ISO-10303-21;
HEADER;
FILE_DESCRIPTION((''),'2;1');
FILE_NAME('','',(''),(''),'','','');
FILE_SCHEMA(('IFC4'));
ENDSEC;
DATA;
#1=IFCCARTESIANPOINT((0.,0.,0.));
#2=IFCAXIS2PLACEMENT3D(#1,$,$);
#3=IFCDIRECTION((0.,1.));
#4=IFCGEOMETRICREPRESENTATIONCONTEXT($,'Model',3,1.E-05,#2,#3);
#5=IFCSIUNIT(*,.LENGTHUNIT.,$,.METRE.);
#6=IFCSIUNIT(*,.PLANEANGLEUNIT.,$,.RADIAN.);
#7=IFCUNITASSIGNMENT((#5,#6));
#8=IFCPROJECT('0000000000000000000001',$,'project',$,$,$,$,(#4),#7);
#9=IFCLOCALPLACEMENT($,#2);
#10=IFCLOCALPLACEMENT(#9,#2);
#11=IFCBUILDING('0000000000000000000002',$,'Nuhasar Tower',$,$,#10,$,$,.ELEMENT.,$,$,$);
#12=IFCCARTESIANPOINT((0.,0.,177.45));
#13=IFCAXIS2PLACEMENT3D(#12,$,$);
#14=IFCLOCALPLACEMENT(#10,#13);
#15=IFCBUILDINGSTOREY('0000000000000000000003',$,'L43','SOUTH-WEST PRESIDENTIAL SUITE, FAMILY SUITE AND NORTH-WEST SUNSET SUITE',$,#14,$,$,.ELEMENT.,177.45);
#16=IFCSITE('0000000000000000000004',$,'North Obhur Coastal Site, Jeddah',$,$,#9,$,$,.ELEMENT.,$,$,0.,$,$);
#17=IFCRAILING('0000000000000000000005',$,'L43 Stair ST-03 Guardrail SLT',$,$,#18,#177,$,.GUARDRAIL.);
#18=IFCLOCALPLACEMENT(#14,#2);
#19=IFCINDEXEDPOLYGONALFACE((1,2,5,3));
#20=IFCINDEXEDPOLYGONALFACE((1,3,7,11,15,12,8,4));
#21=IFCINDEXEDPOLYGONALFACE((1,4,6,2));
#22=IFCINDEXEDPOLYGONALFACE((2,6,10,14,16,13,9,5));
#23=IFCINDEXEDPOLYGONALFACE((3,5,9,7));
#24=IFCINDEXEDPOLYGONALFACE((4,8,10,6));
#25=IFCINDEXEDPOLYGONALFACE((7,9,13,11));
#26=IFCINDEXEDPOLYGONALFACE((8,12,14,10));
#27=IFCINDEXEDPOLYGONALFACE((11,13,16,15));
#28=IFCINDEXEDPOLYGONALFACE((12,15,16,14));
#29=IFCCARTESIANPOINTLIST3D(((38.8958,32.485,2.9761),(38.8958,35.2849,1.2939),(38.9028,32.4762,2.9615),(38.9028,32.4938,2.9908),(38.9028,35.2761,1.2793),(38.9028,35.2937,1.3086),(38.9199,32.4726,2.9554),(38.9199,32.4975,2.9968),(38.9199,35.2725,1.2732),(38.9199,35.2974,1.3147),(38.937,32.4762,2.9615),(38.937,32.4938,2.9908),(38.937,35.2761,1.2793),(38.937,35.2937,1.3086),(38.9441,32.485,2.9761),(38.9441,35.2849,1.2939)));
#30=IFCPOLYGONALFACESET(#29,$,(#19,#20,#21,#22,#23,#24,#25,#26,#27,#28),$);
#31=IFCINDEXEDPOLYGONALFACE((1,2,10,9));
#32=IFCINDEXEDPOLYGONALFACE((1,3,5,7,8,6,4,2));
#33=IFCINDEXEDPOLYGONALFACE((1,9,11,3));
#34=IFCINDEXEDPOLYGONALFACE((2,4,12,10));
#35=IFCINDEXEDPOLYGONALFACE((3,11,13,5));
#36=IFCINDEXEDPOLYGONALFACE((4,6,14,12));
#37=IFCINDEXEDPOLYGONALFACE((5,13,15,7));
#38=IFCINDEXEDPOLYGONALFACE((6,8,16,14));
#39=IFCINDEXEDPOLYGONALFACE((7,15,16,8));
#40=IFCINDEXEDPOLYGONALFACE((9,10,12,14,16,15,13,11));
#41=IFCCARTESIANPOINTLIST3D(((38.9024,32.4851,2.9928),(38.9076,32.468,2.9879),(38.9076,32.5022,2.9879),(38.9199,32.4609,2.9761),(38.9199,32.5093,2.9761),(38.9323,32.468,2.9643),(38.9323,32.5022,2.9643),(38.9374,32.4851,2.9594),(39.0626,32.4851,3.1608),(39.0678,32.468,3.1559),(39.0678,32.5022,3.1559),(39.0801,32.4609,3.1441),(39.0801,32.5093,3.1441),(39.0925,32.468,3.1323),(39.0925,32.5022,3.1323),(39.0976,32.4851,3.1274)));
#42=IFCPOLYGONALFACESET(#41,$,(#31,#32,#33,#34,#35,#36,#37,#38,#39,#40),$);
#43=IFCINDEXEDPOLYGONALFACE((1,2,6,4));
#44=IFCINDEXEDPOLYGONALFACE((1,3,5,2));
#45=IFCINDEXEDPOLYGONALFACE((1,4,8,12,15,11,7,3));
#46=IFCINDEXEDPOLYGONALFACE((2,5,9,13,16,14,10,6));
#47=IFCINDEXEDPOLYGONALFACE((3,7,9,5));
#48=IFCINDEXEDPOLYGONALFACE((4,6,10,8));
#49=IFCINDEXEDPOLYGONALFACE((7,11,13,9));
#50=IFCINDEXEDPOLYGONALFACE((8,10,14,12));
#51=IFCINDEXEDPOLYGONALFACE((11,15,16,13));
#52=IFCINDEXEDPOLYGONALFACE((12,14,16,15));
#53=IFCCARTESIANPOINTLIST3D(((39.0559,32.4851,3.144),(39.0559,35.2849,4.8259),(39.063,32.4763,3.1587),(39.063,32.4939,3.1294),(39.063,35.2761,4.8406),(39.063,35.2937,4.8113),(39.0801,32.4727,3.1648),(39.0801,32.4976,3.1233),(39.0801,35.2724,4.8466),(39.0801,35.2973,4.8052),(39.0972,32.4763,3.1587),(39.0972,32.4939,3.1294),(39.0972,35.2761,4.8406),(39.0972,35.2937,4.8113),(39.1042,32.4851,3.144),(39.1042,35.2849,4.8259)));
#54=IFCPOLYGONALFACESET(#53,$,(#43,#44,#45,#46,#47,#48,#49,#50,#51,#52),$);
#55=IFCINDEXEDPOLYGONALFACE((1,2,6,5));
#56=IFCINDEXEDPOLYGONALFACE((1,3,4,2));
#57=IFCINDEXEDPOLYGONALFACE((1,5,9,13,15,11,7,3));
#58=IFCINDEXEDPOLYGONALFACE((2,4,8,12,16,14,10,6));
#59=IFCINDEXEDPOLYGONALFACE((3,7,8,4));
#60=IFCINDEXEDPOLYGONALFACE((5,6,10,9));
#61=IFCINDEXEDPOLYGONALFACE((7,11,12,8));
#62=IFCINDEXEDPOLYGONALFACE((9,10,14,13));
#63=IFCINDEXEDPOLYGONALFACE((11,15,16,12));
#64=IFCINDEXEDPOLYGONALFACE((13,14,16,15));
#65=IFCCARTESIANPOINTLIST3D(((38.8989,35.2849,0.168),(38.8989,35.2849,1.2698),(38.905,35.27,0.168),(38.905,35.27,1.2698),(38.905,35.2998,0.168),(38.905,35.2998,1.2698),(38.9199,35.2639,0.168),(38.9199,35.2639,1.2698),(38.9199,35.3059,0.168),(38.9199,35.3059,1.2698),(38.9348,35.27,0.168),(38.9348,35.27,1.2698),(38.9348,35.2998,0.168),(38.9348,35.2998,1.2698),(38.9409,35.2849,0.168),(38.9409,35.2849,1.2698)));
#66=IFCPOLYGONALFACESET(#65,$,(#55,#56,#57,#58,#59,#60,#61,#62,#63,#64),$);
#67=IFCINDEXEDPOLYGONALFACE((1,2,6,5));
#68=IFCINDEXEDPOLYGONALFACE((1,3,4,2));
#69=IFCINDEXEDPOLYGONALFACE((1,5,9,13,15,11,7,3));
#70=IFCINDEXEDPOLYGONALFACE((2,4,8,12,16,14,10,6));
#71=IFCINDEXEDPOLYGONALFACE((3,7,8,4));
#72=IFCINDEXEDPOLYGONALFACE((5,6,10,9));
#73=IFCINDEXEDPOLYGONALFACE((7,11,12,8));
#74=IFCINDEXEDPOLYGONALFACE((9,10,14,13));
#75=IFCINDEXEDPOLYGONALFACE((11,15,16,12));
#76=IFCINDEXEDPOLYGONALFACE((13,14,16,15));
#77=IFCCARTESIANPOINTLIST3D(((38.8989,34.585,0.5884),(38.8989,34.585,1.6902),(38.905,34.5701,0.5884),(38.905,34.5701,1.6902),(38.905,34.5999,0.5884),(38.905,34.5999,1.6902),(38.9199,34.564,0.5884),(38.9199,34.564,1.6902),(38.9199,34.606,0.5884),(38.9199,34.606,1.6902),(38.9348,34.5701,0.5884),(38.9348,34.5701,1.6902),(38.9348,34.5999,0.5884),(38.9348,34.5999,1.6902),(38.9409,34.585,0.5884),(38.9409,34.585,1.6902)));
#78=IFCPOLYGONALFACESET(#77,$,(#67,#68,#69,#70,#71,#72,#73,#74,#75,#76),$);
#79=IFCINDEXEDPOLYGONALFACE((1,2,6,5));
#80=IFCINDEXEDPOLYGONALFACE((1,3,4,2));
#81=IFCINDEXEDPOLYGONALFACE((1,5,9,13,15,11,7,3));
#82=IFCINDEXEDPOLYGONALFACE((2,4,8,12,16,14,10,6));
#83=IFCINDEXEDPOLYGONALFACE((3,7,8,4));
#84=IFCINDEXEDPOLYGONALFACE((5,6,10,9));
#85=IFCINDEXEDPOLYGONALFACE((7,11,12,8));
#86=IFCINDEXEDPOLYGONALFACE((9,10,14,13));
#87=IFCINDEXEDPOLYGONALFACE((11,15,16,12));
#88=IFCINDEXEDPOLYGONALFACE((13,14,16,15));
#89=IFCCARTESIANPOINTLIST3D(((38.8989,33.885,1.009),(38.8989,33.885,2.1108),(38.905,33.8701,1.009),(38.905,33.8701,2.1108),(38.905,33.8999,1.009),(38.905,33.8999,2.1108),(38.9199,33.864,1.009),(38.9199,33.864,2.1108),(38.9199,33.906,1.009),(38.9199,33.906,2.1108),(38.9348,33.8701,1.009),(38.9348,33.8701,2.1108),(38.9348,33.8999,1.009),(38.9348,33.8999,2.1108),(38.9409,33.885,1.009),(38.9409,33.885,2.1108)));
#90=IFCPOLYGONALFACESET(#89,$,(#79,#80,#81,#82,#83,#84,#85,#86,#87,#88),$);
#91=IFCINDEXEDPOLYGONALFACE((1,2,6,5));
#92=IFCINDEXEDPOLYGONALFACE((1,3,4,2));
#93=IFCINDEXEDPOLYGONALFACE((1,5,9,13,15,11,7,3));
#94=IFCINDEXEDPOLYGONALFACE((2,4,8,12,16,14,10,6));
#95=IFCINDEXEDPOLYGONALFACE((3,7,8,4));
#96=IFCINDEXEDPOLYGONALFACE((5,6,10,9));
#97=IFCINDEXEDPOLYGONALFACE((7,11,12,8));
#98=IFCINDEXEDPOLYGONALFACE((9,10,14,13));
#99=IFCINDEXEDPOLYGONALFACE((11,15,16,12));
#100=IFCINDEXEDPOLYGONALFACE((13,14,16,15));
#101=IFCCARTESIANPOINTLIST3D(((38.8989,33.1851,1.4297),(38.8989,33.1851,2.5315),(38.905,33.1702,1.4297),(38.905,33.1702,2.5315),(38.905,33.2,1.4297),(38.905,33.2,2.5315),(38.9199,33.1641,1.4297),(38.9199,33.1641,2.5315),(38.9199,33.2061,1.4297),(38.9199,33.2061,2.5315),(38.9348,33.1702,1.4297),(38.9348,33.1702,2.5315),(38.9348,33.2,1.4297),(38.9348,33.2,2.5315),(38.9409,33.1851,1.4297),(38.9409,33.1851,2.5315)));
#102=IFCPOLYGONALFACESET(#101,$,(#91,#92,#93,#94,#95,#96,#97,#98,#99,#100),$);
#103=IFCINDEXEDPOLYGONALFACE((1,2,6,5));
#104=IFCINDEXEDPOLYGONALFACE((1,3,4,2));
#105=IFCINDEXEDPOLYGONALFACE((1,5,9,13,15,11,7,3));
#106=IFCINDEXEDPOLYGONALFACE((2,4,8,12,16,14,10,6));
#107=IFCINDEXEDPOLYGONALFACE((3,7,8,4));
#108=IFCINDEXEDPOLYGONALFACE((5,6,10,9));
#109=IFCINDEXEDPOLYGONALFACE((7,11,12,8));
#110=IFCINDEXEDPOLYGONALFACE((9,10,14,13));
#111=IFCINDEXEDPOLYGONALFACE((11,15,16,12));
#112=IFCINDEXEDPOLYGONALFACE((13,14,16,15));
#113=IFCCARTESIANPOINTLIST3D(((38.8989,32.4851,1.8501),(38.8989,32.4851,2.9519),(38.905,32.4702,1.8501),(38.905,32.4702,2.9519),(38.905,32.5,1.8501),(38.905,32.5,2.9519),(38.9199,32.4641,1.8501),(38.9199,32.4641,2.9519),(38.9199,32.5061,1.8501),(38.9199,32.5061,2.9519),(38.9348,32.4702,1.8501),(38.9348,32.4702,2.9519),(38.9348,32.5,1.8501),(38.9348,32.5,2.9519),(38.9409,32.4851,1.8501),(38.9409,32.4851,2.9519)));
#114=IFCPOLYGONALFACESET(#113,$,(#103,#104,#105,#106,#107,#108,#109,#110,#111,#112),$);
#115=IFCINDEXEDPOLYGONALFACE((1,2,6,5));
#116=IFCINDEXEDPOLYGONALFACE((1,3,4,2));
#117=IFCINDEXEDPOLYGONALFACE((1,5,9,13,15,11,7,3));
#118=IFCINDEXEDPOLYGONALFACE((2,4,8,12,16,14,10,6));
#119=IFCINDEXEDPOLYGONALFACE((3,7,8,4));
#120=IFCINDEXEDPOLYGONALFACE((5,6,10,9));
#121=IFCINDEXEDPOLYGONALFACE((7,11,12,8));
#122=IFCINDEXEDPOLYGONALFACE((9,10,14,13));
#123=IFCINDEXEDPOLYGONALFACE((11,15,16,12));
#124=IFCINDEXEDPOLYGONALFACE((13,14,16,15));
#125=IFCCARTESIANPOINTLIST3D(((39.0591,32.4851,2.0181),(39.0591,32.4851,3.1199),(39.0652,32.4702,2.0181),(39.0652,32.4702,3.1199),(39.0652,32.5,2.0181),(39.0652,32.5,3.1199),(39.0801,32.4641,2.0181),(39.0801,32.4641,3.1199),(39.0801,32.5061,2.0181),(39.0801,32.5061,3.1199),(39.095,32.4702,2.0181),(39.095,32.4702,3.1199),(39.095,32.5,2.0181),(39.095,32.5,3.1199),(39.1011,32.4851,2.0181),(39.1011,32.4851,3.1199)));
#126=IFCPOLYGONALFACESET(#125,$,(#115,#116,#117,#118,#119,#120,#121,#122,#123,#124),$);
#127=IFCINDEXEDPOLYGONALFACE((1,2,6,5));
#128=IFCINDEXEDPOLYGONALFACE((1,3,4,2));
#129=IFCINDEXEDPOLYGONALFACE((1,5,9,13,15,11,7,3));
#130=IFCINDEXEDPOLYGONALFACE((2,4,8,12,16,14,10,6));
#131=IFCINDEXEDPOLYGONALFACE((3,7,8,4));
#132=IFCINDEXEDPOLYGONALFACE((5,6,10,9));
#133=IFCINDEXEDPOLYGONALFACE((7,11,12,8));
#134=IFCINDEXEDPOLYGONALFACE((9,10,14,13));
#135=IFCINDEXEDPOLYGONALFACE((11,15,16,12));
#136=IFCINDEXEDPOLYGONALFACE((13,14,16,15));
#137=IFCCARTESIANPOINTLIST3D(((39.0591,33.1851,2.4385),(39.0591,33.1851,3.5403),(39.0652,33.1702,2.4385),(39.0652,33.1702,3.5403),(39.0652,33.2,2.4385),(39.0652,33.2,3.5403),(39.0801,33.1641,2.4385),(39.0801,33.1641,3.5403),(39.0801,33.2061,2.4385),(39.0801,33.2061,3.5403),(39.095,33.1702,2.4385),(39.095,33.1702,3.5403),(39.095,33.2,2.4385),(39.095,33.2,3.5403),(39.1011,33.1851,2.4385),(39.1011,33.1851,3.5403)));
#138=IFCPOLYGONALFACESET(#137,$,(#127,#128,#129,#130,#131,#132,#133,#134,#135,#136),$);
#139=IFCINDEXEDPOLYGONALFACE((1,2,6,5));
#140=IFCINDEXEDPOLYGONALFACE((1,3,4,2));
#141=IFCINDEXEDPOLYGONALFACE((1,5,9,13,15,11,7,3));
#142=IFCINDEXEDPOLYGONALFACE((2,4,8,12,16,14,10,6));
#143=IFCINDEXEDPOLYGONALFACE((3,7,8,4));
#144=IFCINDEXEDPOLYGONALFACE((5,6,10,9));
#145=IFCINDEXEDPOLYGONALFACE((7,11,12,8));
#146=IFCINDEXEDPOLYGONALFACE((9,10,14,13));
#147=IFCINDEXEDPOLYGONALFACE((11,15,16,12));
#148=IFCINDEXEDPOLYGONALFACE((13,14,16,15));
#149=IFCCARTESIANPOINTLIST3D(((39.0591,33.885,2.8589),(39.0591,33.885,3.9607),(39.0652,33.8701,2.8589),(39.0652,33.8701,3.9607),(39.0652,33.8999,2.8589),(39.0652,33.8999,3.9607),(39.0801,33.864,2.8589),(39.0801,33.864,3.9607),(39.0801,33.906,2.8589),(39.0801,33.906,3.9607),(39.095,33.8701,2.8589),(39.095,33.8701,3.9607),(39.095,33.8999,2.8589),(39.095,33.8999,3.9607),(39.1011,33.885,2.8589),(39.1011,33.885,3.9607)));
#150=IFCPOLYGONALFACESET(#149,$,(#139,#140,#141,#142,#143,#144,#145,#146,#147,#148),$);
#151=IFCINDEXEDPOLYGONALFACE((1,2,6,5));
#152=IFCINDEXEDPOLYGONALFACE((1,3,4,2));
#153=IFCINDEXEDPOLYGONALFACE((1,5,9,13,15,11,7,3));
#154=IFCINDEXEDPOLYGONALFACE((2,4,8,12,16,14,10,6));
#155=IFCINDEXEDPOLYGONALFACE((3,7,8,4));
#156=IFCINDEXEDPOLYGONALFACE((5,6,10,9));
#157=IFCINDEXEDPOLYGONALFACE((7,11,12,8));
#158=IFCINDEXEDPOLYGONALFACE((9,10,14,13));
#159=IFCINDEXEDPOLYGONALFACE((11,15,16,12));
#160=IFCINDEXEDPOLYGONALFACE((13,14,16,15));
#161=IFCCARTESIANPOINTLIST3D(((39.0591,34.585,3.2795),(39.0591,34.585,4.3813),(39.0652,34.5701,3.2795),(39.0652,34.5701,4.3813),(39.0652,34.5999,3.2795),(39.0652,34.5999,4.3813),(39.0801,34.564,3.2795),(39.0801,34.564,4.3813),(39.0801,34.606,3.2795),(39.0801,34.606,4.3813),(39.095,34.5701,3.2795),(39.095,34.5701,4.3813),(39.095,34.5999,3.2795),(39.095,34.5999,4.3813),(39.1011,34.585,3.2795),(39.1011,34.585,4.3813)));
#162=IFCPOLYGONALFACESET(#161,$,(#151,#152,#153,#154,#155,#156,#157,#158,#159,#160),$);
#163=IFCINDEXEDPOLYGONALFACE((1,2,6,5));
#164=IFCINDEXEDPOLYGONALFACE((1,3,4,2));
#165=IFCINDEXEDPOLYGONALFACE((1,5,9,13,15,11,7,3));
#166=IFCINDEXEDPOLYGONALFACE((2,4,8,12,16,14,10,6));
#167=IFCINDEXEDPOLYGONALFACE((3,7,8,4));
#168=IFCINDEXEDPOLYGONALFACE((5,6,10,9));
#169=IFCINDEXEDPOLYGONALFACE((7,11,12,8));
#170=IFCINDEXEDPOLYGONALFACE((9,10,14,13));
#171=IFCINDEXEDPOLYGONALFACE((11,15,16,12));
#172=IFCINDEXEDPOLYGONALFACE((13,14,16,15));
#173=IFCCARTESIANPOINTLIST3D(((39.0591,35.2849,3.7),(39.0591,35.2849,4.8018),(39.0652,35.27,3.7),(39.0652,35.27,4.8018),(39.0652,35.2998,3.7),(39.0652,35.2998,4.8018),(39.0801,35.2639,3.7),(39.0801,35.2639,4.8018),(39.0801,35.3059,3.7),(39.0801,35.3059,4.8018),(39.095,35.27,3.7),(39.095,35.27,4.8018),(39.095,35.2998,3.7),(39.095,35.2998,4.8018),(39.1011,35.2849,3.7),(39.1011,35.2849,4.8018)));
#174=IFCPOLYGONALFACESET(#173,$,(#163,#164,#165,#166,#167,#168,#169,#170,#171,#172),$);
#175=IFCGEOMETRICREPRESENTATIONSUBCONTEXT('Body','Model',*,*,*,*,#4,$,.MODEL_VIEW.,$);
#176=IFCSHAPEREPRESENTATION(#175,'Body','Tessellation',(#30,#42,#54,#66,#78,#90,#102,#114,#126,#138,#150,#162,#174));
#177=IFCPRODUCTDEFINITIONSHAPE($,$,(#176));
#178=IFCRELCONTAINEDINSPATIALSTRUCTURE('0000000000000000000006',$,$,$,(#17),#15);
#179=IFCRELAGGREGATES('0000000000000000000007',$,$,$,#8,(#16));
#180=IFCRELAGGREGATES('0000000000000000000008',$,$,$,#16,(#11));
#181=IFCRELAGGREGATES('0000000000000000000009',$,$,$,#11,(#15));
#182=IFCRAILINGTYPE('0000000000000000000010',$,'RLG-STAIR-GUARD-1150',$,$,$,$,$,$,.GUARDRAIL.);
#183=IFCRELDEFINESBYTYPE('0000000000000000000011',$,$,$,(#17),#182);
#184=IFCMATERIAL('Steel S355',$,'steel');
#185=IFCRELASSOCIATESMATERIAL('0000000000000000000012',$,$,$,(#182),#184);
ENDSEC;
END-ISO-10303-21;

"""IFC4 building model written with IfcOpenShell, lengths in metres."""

from ifc_helpers import new_model, si_unit, direction, frame, origin, place, context, subcontext, project, spatial, polyline, outline, extrude, material, type_object, element, save


model = new_model("IFC4")

# Units and contexts
model_context = context("Model", 3, precision=1e-05, world=origin(), true_north=direction((0.0, 1.0)))
body_context = subcontext(model_context, "Body", "Model", "MODEL_VIEW")
ifc_project = project(units=[si_unit("LENGTHUNIT", "METRE"), si_unit("PLANEANGLEUNIT", "RADIAN")], contexts=[model_context])

# Site, building, storey
site_placement = place(None, origin())
site = spatial("IfcSite", under=ifc_project, at=site_placement, Name="North Obhur Coastal Site, Jeddah", CompositionType="ELEMENT", RefElevation=0.0)
building_placement = place(site_placement, origin())
building = spatial("IfcBuilding", under=site, at=building_placement, Name="Nuhasar Tower", CompositionType="ELEMENT")
storey_placement = place(building_placement, frame((0.0, 0.0, 177.45)))
storey = spatial("IfcBuildingStorey", under=building, at=storey_placement, Name="L43", Description="SOUTH-WEST PRESIDENTIAL SUITE, FAMILY SUITE AND NORTH-WEST SUNSET SUITE", CompositionType="ELEMENT", Elevation=177.45)

# Shared definitions
ifc_material_1 = material(Name="Steel S355", Category="steel")

# Railing
railing_type_1 = type_object("IfcRailingType", Name="RLG-STAIR-GUARD-1150", PredefinedType="GUARDRAIL", material=ifc_material_1)
railing_1_placement = place(storey_placement, frame((38.9199, 35.2849, 0.168)))
element("IfcRailing", 1, at=railing_1_placement, inside=storey, type_object=railing_type_1, Name="L43 Stair ST-03 Guardrail SLT", PredefinedType="GUARDRAIL", context=body_context, shape_type="SweptSolid", body=[
    extrude(outline(polyline([(0.0242, 0.0), (0.0171, 0.0171), (0.0, 0.0242), (-0.0171, 0.0171), (-0.0242, 0.0), (-0.0171, -0.0171), (0.0, -0.0242), (0.0171, -0.0171), (0.0242, 0.0)])), frame((0.0, 0.0, 1.126), z_axis=(0.0, -0.857189, 0.515001), x_axis=(1.0, 0.0, 0.0)), (0.0, 0.0, 1.0), 3.2664),
    extrude(outline(polyline([(0.0242, 0.0), (0.0171, 0.0171), (0.0, 0.0242), (-0.0171, 0.0171), (-0.0242, 0.0), (-0.0171, -0.0171), (0.0, -0.0242), (0.0171, -0.0171), (0.0242, 0.0)])), frame((0.0, -2.7998, 2.8081), z_axis=(0.690075, 0.0, 0.723738), x_axis=(0.0, 1.0, 0.0)), (0.0, 0.0, 1.0), 0.2322),
    extrude(outline(polyline([(0.0242, 0.0), (0.0171, 0.0171), (0.0, 0.0242), (-0.0171, 0.0171), (-0.0242, 0.0), (-0.0171, -0.0171), (0.0, -0.0242), (0.0171, -0.0171), (0.0242, 0.0)])), frame((0.1602, -2.7998, 2.9761), z_axis=(0.0, 0.857222, 0.514946), x_axis=(-1.0, 0.0, 0.0)), (0.0, 0.0, 1.0), 3.2661),
    extrude(outline(polyline([(0.021, 0.0), (0.0149, 0.0149), (0.0, 0.021), (-0.0149, 0.0149), (-0.021, 0.0), (-0.0149, -0.0149), (0.0, -0.021), (0.0149, -0.0149), (0.021, 0.0)])), origin(), (0.0, 0.0, 1.0), 1.1018),
    extrude(outline(polyline([(0.021, 0.0), (0.0149, 0.0149), (0.0, 0.021), (-0.0149, 0.0149), (-0.021, 0.0), (-0.0149, -0.0149), (0.0, -0.021), (0.0149, -0.0149), (0.021, 0.0)])), frame((0.0, -0.7, 0.4204)), (0.0, 0.0, 1.0), 1.1018),
    extrude(outline(polyline([(0.021, 0.0), (0.0149, 0.0149), (0.0, 0.021), (-0.0149, 0.0149), (-0.021, 0.0), (-0.0149, -0.0149), (0.0, -0.021), (0.0149, -0.0149), (0.021, 0.0)])), frame((0.0, -1.3999, 0.8411)), (0.0, 0.0, 1.0), 1.1018),
    extrude(outline(polyline([(0.021, 0.0), (0.0149, 0.0149), (0.0, 0.021), (-0.0149, 0.0149), (-0.021, 0.0), (-0.0149, -0.0149), (0.0, -0.021), (0.0149, -0.0149), (0.021, 0.0)])), frame((0.0, -2.0999, 1.2617)), (0.0, 0.0, 1.0), 1.1018),
    extrude(outline(polyline([(0.021, 0.0), (0.0149, 0.0149), (0.0, 0.021), (-0.0149, 0.0149), (-0.021, 0.0), (-0.0149, -0.0149), (0.0, -0.021), (0.0149, -0.0149), (0.021, 0.0)])), frame((0.0, -2.7998, 1.6821)), (0.0, 0.0, 1.0), 1.1018),
    extrude(outline(polyline([(0.021, 0.0), (0.0149, 0.0149), (0.0, 0.021), (-0.0149, 0.0149), (-0.021, 0.0), (-0.0149, -0.0149), (0.0, -0.021), (0.0149, -0.0149), (0.021, 0.0)])), frame((0.1602, -2.7998, 1.8501)), (0.0, 0.0, 1.0), 1.1018),
    extrude(outline(polyline([(0.021, 0.0), (0.0149, 0.0149), (0.0, 0.021), (-0.0149, 0.0149), (-0.021, 0.0), (-0.0149, -0.0149), (0.0, -0.021), (0.0149, -0.0149), (0.021, 0.0)])), frame((0.1602, -2.0999, 2.2705)), (0.0, 0.0, 1.0), 1.1018),
    extrude(outline(polyline([(0.021, 0.0), (0.0149, 0.0149), (0.0, 0.021), (-0.0149, 0.0149), (-0.021, 0.0), (-0.0149, -0.0149), (0.0, -0.021), (0.0149, -0.0149), (0.021, 0.0)])), frame((0.1602, -1.3999, 2.6909)), (0.0, 0.0, 1.0), 1.1018),
    extrude(outline(polyline([(0.021, 0.0), (0.0149, 0.0149), (0.0, 0.021), (-0.0149, 0.0149), (-0.021, 0.0), (-0.0149, -0.0149), (0.0, -0.021), (0.0149, -0.0149), (0.021, 0.0)])), frame((0.1602, -0.7, 3.1116)), (0.0, 0.0, 1.0), 1.1018),
    extrude(outline(polyline([(0.021, 0.0), (0.0149, 0.0149), (0.0, 0.021), (-0.0149, 0.0149), (-0.021, 0.0), (-0.0149, -0.0149), (0.0, -0.021), (0.0149, -0.0149), (0.021, 0.0)])), frame((0.1602, 0.0, 3.532)), (0.0, 0.0, 1.0), 1.1018),
])

save(model, "model.ifc")
